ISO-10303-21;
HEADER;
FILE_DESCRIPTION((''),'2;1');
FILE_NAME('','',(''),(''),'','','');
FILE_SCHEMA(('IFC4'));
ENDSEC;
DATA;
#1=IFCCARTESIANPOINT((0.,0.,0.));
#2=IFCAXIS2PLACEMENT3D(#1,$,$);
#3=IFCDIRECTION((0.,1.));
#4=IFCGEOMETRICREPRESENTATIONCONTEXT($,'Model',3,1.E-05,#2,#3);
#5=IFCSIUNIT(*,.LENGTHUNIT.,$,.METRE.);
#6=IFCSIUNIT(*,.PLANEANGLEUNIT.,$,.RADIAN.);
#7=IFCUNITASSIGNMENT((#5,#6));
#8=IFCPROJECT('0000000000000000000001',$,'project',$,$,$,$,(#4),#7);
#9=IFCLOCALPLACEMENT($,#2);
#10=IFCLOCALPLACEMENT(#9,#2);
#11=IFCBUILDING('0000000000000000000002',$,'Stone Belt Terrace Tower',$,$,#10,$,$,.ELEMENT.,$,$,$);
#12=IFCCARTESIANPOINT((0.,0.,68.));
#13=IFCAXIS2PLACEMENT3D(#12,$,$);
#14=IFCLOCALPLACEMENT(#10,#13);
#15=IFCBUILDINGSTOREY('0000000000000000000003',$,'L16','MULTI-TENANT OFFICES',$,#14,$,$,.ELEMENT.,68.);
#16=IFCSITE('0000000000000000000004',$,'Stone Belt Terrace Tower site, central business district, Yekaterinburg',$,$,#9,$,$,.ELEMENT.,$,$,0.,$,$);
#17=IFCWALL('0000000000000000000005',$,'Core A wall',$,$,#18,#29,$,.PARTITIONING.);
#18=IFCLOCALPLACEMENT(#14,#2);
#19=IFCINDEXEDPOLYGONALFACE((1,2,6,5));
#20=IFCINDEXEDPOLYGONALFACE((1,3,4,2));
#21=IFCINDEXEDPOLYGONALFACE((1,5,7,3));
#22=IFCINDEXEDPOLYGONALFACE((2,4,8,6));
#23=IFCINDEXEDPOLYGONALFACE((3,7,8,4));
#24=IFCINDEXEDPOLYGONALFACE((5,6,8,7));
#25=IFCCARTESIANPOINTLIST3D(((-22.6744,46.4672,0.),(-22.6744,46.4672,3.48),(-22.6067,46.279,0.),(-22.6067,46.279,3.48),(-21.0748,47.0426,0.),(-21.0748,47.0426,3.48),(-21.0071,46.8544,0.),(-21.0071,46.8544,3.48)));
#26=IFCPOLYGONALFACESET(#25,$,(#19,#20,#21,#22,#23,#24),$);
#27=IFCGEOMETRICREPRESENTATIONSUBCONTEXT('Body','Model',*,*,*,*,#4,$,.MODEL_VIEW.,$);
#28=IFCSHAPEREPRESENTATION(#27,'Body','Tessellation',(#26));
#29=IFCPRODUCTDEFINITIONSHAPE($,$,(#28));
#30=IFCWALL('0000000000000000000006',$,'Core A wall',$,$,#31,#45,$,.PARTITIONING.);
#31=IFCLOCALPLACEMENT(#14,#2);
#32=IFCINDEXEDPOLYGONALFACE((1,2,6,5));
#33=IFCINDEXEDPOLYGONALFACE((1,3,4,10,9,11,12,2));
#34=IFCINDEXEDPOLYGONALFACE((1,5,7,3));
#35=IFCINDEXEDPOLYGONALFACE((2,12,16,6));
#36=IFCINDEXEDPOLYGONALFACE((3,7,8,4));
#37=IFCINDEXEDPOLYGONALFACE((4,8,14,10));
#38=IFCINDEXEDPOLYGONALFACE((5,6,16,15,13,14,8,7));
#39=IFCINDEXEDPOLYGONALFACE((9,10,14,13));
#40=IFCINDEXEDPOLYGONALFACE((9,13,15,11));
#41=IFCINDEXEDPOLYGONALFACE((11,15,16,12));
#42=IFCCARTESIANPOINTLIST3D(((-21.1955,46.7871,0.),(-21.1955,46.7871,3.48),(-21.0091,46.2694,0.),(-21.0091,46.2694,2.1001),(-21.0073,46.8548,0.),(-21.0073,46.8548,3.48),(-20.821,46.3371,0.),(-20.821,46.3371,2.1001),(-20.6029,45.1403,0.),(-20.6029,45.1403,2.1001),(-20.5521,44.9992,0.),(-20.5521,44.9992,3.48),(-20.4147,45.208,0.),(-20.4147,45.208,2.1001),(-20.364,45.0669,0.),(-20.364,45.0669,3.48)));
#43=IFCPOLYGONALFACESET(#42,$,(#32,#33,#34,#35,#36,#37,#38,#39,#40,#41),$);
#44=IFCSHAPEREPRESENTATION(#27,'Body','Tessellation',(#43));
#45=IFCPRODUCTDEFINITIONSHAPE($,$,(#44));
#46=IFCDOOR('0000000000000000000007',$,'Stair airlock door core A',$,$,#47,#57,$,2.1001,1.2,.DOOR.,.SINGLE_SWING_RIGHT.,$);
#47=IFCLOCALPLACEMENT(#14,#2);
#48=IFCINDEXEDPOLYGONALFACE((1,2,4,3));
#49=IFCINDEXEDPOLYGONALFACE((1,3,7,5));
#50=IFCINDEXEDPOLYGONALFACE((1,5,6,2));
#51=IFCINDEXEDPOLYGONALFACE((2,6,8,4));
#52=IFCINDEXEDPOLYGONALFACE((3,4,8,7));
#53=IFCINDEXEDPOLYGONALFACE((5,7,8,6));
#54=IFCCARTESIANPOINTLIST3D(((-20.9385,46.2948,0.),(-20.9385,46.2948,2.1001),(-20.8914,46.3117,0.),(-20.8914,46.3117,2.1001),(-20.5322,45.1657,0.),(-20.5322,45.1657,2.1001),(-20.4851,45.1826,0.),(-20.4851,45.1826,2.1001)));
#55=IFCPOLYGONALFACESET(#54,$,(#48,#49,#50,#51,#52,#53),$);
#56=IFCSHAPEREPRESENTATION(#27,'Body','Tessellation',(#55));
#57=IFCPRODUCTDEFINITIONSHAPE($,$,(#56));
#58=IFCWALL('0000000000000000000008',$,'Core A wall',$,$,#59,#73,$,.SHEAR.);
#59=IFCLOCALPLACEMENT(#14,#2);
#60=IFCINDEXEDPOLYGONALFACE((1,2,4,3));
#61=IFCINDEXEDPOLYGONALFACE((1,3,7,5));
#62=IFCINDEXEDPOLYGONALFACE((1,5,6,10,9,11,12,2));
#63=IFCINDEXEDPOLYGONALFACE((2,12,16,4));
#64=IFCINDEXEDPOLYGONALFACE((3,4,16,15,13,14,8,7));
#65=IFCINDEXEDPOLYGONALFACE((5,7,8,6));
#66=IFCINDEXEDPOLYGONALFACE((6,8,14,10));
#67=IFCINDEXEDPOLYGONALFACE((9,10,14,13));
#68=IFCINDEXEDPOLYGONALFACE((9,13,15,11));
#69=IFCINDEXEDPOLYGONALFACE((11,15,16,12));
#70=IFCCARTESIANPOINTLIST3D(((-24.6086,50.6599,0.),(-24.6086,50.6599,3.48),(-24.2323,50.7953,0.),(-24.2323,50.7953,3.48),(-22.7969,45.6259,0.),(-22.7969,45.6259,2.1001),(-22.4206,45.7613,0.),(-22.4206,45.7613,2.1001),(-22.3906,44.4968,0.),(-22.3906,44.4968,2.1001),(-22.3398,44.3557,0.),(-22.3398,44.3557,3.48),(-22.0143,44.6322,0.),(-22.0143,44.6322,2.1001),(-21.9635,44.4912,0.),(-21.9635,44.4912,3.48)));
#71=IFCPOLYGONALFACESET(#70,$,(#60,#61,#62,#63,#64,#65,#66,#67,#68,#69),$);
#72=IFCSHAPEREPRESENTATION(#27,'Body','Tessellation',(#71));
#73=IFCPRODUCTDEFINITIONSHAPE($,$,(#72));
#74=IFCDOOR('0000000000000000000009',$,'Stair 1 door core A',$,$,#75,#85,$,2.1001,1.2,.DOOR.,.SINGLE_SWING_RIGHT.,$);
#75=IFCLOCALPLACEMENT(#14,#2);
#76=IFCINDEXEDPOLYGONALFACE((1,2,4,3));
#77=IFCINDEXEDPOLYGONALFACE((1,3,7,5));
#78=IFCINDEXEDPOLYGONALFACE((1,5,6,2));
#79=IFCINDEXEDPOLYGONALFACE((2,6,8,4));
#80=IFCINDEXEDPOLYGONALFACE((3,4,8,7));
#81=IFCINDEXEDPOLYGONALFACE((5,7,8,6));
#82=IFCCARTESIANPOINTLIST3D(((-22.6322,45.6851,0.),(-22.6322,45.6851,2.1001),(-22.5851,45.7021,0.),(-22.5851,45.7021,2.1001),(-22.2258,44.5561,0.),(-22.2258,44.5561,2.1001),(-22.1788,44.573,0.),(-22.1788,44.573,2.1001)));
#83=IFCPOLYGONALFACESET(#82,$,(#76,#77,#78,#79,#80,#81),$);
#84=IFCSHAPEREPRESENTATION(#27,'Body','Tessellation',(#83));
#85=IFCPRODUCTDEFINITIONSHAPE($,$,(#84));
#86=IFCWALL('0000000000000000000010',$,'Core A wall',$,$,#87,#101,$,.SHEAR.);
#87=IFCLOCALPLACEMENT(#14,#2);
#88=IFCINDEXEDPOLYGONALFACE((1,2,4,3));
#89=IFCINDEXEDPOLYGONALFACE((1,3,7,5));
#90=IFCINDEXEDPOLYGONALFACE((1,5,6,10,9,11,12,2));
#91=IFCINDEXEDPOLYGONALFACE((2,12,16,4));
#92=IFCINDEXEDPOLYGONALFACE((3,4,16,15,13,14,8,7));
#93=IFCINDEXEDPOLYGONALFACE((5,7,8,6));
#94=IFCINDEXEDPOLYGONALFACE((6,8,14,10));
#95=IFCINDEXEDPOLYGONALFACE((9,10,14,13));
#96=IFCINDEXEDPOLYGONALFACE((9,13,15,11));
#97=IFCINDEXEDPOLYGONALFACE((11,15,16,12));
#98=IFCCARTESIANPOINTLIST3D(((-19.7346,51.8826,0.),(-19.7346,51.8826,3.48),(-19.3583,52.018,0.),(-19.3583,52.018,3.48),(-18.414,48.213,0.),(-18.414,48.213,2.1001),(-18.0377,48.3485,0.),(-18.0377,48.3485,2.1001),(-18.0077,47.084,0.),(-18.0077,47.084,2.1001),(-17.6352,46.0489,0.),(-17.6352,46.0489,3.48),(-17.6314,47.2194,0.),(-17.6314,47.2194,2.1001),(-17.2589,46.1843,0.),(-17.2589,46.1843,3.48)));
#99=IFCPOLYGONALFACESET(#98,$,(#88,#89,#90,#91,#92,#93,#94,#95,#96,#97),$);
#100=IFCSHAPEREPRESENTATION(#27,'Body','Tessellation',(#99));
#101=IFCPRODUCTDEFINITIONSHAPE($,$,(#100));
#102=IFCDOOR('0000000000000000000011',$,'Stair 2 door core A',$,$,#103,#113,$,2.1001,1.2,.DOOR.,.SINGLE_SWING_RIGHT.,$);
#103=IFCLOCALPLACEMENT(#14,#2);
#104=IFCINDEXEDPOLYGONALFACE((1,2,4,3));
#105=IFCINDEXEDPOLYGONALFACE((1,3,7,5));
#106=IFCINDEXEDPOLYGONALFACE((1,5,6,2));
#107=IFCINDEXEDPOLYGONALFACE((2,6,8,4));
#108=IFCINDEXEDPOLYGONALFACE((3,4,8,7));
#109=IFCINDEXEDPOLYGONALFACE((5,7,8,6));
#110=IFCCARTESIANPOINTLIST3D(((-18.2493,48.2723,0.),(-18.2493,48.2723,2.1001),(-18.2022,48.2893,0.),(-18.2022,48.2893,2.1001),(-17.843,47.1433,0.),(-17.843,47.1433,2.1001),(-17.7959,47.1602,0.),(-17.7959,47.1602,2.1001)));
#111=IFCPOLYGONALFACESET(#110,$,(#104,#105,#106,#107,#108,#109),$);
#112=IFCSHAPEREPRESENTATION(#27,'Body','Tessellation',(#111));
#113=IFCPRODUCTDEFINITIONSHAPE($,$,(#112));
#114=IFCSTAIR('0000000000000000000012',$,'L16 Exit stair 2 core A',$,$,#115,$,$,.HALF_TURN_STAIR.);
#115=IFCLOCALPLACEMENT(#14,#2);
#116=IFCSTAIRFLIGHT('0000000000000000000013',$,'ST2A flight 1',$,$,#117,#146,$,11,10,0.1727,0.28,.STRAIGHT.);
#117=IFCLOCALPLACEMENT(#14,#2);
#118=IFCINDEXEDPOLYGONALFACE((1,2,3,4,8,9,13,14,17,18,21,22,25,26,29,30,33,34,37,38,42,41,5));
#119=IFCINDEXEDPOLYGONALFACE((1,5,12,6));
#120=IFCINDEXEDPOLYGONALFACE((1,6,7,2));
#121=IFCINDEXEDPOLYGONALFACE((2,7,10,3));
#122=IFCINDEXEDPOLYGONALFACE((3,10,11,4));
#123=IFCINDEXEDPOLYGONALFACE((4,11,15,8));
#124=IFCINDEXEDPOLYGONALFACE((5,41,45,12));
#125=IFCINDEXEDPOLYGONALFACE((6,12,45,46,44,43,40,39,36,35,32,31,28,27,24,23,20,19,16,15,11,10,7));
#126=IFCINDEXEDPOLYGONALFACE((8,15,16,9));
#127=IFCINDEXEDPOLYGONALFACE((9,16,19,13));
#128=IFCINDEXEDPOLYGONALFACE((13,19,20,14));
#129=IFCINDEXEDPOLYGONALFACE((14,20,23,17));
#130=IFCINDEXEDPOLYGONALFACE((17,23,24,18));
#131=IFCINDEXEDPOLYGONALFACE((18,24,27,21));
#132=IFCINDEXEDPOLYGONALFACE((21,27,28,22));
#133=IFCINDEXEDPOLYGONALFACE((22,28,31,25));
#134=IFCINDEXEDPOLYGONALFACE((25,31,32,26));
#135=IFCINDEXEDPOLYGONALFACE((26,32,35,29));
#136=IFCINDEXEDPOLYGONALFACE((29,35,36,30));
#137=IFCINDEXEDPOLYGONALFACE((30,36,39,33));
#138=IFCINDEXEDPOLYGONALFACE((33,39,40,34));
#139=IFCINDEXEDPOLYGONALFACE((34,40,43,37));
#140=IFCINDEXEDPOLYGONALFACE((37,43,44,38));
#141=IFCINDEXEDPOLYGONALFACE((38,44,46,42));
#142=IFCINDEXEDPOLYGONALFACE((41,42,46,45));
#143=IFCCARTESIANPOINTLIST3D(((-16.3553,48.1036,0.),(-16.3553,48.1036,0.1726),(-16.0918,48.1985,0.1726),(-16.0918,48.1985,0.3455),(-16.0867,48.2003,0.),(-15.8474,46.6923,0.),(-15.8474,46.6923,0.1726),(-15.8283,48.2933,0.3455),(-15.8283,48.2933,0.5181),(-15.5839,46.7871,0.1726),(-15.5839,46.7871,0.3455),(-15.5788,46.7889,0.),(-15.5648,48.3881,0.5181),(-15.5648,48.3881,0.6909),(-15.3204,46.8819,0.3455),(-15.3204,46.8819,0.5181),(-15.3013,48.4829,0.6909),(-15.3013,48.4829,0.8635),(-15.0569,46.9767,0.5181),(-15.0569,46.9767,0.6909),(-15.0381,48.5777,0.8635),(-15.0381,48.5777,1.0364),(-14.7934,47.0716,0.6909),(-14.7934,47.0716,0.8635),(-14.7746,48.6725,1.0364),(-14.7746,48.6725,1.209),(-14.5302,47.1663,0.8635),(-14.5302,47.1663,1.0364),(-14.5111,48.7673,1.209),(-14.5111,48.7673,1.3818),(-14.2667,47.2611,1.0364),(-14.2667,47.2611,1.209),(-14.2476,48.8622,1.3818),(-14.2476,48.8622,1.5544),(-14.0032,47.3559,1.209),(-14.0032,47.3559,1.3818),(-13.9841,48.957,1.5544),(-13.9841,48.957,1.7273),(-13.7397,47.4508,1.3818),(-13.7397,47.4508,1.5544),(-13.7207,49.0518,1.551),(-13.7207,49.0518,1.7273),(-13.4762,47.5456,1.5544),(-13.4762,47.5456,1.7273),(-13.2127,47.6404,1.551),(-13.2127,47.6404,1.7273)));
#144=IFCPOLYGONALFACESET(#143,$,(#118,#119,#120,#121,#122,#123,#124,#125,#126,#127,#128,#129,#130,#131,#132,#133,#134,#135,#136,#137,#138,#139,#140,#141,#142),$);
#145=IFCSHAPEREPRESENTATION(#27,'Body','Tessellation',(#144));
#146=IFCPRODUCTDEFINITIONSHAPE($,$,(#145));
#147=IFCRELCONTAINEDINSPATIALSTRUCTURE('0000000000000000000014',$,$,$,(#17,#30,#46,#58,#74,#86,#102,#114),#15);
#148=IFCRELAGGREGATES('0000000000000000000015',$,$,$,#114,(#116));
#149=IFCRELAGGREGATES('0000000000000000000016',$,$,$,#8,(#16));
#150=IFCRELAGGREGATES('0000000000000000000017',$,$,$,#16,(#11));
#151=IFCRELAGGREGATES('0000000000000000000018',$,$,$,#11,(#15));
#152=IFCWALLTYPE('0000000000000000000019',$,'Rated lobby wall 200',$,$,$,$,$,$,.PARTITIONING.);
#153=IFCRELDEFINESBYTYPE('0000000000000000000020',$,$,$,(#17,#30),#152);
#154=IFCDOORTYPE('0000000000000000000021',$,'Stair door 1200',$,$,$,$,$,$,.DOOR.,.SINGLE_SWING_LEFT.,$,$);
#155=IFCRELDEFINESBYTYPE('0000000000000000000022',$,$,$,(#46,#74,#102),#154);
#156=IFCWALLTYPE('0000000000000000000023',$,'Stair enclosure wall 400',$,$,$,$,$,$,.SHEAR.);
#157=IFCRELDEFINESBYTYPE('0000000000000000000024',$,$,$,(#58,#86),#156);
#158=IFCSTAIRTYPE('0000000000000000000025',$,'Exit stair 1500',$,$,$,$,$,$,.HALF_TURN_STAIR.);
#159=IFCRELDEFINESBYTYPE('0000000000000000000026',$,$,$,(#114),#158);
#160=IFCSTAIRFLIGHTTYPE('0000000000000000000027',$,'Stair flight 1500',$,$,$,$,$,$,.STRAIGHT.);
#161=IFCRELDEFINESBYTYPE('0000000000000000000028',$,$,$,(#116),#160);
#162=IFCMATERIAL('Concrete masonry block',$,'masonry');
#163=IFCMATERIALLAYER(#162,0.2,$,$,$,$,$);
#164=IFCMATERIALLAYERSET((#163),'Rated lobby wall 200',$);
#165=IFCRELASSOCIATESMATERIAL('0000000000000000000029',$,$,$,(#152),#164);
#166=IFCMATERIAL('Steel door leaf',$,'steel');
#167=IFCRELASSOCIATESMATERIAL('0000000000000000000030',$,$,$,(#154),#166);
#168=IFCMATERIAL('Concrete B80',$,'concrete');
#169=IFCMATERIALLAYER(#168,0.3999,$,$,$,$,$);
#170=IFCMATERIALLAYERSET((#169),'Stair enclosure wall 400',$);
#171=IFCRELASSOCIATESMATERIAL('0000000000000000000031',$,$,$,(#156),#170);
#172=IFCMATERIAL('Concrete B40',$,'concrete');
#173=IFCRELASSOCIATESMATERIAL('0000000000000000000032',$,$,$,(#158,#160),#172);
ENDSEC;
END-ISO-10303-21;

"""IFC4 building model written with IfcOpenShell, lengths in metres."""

from ifc_helpers import new_model, si_unit, direction, frame, frame_2d, origin, place, context, subcontext, project, spatial, polyline, rectangle, outline, extrude, material, layer, layer_set, type_object, element, fill, aggregate, save


model = new_model("IFC4")

# Units and contexts
model_context = context("Model", 3, precision=1e-05, world=origin(), true_north=direction((0.0, 1.0)))
body_context = subcontext(model_context, "Body", "Model", "MODEL_VIEW")
ifc_project = project(units=[si_unit("LENGTHUNIT", "METRE"), si_unit("PLANEANGLEUNIT", "RADIAN")], contexts=[model_context])

# Site, building, storey
site_placement = place(None, origin())
site = spatial("IfcSite", under=ifc_project, at=site_placement, Name="Stone Belt Terrace Tower site, central business district, Yekaterinburg", CompositionType="ELEMENT", RefElevation=0.0)
building_placement = place(site_placement, origin())
building = spatial("IfcBuilding", under=site, at=building_placement, Name="Stone Belt Terrace Tower", CompositionType="ELEMENT")
storey_placement = place(building_placement, frame((0.0, 0.0, 68.0)))
storey = spatial("IfcBuildingStorey", under=building, at=storey_placement, Name="L16", Description="MULTI-TENANT OFFICES", CompositionType="ELEMENT", Elevation=68.0)

# Shared definitions
ifc_material_1 = material(Name="Concrete B80", Category="concrete")

# Wall
ifc_material_2 = material(Name="Concrete masonry block", Category="masonry")
ifc_layer_1 = layer(ifc_material_2, 0.2)
ifc_layer_set_1 = layer_set([ifc_layer_1], Name="Rated lobby wall 200")
wall_type_1 = type_object("IfcWallType", Name="Rated lobby wall 200", PredefinedType="PARTITIONING", material=ifc_layer_set_1)
wall_1_placement = place(storey_placement, frame((-22.6406, 46.373, 0.0), z_axis=(0.0, 0.0, 1.0), x_axis=(0.940966, 0.338501, 0.0)))
element("IfcWall", 1, at=wall_1_placement, inside=storey, type_object=wall_type_1, Name="Core A wall", PredefinedType="PARTITIONING", context=body_context, shape_type="SweptSolid", body=[
    extrude(rectangle(XDim=1.7, YDim=0.2, at=frame_2d((0.8501, 0.0))), origin(), (0.0, 0.0, 1.0), 3.48),
])

# Walls, openings, doors
wall_2_placement = place(storey_placement, frame((-20.458, 45.033, 0.0), z_axis=(0.0, 0.0, 1.0), x_axis=(-0.338574, 0.94094, 0.0)))
wall_2 = element("IfcWall", 2, at=wall_2_placement, inside=storey, type_object=wall_type_1, Name="Core A wall", PredefinedType="PARTITIONING", context=body_context, shape_type="SweptSolid", body=[
    extrude(rectangle(XDim=1.9001, YDim=0.2, at=frame_2d((0.9502, 0.0))), origin(), (0.0, 0.0, 1.0), 3.48),
])
opening_1_placement = place(wall_2_placement, frame((0.1499, 0.0, 0.0)))
opening_1 = element("IfcOpeningElement", 3, at=opening_1_placement, cuts=wall_2, PredefinedType="OPENING", context=body_context, shape_type="SweptSolid", body=[
    extrude(rectangle(XDim=1.2, YDim=2.1001, at=frame_2d((0.6001, 1.05))), frame((0.0, 0.1099, 0.0), z_axis=(0.0, -1.0, 0.0), x_axis=(1.0, 0.0, 0.0)), (0.0, 0.0, 1.0), 0.22),
])
ifc_material_3 = material(Name="Steel door leaf", Category="steel")
door_type_1 = type_object("IfcDoorType", Name="Stair door 1200", OperationType="SINGLE_SWING_LEFT", PredefinedType="DOOR", material=ifc_material_3)
door_1_placement = place(opening_1_placement, origin())
door_1 = element("IfcDoor", 4, at=door_1_placement, inside=storey, type_object=door_type_1, Name="Stair airlock door core A", OperationType="SINGLE_SWING_RIGHT", OverallHeight=2.1001, OverallWidth=1.2, PredefinedType="DOOR", context=body_context, shape_type="SweptSolid", body=[
    extrude(rectangle(XDim=1.2, YDim=2.1001, at=frame_2d((0.6001, 1.05))), frame((0.0, 0.0249, 0.0), z_axis=(0.0, -1.0, 0.0), x_axis=(1.0, 0.0, 0.0)), (0.0, 0.0, 1.0), 0.05),
])
fill(opening_1, door_1)
ifc_layer_2 = layer(ifc_material_1, 0.3999)
ifc_layer_set_2 = layer_set([ifc_layer_2], Name="Stair enclosure wall 400")
wall_type_2 = type_object("IfcWallType", Name="Stair enclosure wall 400", PredefinedType="SHEAR", material=ifc_layer_set_2)
wall_3_placement = place(storey_placement, frame((-22.1516, 44.4233, 0.0), z_axis=(0.0, 0.0, 1.0), x_axis=(-0.338625, 0.940921, 0.0)))
wall_3 = element("IfcWall", 5, at=wall_3_placement, inside=storey, type_object=wall_type_2, Name="Core A wall", PredefinedType="SHEAR", context=body_context, shape_type="SweptSolid", body=[
    extrude(rectangle(XDim=6.7, YDim=0.3999, at=frame_2d((3.3501, 0.0))), origin(), (0.0, 0.0, 1.0), 3.48),
])
opening_2_placement = place(wall_3_placement, frame((0.1499, 0.0, 0.0)))
opening_2 = element("IfcOpeningElement", 6, at=opening_2_placement, cuts=wall_3, PredefinedType="OPENING", context=body_context, shape_type="SweptSolid", body=[
    extrude(rectangle(XDim=1.2, YDim=2.1001, at=frame_2d((0.6001, 1.05))), frame((0.0, 0.21, 0.0), z_axis=(0.0, -1.0, 0.0), x_axis=(1.0, 0.0, 0.0)), (0.0, 0.0, 1.0), 0.4199),
])
door_2_placement = place(opening_2_placement, origin())
door_2 = element("IfcDoor", 7, at=door_2_placement, inside=storey, type_object=door_type_1, Name="Stair 1 door core A", OperationType="SINGLE_SWING_RIGHT", OverallHeight=2.1001, OverallWidth=1.2, PredefinedType="DOOR", context=body_context, shape_type="SweptSolid", body=[
    extrude(rectangle(XDim=1.2, YDim=2.1001, at=frame_2d((0.6001, 1.05))), frame((0.0, 0.0249, 0.0), z_axis=(0.0, -1.0, 0.0), x_axis=(1.0, 0.0, 0.0)), (0.0, 0.0, 1.0), 0.05),
])
fill(opening_2, door_2)
wall_4_placement = place(storey_placement, frame((-17.447, 46.1165, 0.0), z_axis=(0.0, 0.0, 1.0), x_axis=(-0.338608, 0.940928, 0.0)))
wall_4 = element("IfcWall", 8, at=wall_4_placement, inside=storey, type_object=wall_type_2, Name="Core A wall", PredefinedType="SHEAR", context=body_context, shape_type="SweptSolid", body=[
    extrude(rectangle(XDim=6.2, YDim=0.3999, at=frame_2d((3.1001, 0.0))), origin(), (0.0, 0.0, 1.0), 3.48),
])
opening_3_placement = place(wall_4_placement, frame((1.1001, 0.0, 0.0)))
opening_3 = element("IfcOpeningElement", 9, at=opening_3_placement, cuts=wall_4, PredefinedType="OPENING", context=body_context, shape_type="SweptSolid", body=[
    extrude(rectangle(XDim=1.2, YDim=2.1001, at=frame_2d((0.6001, 1.05))), frame((0.0, 0.21, 0.0), z_axis=(0.0, -1.0, 0.0), x_axis=(1.0, 0.0, 0.0)), (0.0, 0.0, 1.0), 0.4199),
])
door_3_placement = place(opening_3_placement, origin())
door_3 = element("IfcDoor", 10, at=door_3_placement, inside=storey, type_object=door_type_1, Name="Stair 2 door core A", OperationType="SINGLE_SWING_RIGHT", OverallHeight=2.1001, OverallWidth=1.2, PredefinedType="DOOR", context=body_context, shape_type="SweptSolid", body=[
    extrude(rectangle(XDim=1.2, YDim=2.1001, at=frame_2d((0.6001, 1.05))), frame((0.0, 0.0249, 0.0), z_axis=(0.0, -1.0, 0.0), x_axis=(1.0, 0.0, 0.0)), (0.0, 0.0, 1.0), 0.05),
])
fill(opening_3, door_3)

# Stair, stair flight
ifc_material_4 = material(Name="Concrete B40", Category="concrete")
stair_type = type_object("IfcStairType", Name="Exit stair 1500", PredefinedType="HALF_TURN_STAIR", material=ifc_material_4)
stair_placement = place(storey_placement, origin())
stair = element("IfcStair", 11, at=stair_placement, inside=storey, type_object=stair_type, Name="L16 Exit stair 2 core A", PredefinedType="HALF_TURN_STAIR")
stair_flight_type = type_object("IfcStairFlightType", Name="Stair flight 1500", PredefinedType="STRAIGHT", material=ifc_material_4)
stair_flight_1_placement = place(storey_placement, frame((-16.1013, 47.3979, 0.0), z_axis=(0.0, 0.0, 1.0), x_axis=(0.940922, 0.338624, 0.0)))
stair_flight_1 = element("IfcStairFlight", 12, at=stair_flight_1_placement, type_object=stair_flight_type, Name="ST2A flight 1", NumberOfRisers=11, NumberOfTreads=10, PredefinedType="STRAIGHT", RiserHeight=0.1727, TreadLength=0.28, context=body_context, shape_type="SweptSolid", body=[
    extrude(outline(polyline([(0.0, 0.0), (0.0, 0.1726), (0.28, 0.1726), (0.28, 0.3455), (0.5601, 0.3455), (0.5601, 0.5181), (0.8401, 0.5181), (0.8401, 0.6909), (1.1201, 0.6909), (1.1201, 0.8635), (1.3999, 0.8635), (1.3999, 1.0364), (1.6799, 1.0364), (1.6799, 1.209), (1.96, 1.209), (1.96, 1.3818), (2.24, 1.3818), (2.24, 1.5544), (2.52, 1.5544), (2.52, 1.7273), (2.8, 1.7273), (2.8, 1.8999), (2.8, 1.551), (0.2854, 0.0), (0.0, 0.0)])), frame((0.0, 0.75, 0.0), z_axis=(0.0, -1.0, 0.0), x_axis=(1.0, 0.0, 0.0)), (0.0, 0.0, 1.0), 1.5),
])
aggregate(stair, [stair_flight_1])

save(model, "model.ifc")
